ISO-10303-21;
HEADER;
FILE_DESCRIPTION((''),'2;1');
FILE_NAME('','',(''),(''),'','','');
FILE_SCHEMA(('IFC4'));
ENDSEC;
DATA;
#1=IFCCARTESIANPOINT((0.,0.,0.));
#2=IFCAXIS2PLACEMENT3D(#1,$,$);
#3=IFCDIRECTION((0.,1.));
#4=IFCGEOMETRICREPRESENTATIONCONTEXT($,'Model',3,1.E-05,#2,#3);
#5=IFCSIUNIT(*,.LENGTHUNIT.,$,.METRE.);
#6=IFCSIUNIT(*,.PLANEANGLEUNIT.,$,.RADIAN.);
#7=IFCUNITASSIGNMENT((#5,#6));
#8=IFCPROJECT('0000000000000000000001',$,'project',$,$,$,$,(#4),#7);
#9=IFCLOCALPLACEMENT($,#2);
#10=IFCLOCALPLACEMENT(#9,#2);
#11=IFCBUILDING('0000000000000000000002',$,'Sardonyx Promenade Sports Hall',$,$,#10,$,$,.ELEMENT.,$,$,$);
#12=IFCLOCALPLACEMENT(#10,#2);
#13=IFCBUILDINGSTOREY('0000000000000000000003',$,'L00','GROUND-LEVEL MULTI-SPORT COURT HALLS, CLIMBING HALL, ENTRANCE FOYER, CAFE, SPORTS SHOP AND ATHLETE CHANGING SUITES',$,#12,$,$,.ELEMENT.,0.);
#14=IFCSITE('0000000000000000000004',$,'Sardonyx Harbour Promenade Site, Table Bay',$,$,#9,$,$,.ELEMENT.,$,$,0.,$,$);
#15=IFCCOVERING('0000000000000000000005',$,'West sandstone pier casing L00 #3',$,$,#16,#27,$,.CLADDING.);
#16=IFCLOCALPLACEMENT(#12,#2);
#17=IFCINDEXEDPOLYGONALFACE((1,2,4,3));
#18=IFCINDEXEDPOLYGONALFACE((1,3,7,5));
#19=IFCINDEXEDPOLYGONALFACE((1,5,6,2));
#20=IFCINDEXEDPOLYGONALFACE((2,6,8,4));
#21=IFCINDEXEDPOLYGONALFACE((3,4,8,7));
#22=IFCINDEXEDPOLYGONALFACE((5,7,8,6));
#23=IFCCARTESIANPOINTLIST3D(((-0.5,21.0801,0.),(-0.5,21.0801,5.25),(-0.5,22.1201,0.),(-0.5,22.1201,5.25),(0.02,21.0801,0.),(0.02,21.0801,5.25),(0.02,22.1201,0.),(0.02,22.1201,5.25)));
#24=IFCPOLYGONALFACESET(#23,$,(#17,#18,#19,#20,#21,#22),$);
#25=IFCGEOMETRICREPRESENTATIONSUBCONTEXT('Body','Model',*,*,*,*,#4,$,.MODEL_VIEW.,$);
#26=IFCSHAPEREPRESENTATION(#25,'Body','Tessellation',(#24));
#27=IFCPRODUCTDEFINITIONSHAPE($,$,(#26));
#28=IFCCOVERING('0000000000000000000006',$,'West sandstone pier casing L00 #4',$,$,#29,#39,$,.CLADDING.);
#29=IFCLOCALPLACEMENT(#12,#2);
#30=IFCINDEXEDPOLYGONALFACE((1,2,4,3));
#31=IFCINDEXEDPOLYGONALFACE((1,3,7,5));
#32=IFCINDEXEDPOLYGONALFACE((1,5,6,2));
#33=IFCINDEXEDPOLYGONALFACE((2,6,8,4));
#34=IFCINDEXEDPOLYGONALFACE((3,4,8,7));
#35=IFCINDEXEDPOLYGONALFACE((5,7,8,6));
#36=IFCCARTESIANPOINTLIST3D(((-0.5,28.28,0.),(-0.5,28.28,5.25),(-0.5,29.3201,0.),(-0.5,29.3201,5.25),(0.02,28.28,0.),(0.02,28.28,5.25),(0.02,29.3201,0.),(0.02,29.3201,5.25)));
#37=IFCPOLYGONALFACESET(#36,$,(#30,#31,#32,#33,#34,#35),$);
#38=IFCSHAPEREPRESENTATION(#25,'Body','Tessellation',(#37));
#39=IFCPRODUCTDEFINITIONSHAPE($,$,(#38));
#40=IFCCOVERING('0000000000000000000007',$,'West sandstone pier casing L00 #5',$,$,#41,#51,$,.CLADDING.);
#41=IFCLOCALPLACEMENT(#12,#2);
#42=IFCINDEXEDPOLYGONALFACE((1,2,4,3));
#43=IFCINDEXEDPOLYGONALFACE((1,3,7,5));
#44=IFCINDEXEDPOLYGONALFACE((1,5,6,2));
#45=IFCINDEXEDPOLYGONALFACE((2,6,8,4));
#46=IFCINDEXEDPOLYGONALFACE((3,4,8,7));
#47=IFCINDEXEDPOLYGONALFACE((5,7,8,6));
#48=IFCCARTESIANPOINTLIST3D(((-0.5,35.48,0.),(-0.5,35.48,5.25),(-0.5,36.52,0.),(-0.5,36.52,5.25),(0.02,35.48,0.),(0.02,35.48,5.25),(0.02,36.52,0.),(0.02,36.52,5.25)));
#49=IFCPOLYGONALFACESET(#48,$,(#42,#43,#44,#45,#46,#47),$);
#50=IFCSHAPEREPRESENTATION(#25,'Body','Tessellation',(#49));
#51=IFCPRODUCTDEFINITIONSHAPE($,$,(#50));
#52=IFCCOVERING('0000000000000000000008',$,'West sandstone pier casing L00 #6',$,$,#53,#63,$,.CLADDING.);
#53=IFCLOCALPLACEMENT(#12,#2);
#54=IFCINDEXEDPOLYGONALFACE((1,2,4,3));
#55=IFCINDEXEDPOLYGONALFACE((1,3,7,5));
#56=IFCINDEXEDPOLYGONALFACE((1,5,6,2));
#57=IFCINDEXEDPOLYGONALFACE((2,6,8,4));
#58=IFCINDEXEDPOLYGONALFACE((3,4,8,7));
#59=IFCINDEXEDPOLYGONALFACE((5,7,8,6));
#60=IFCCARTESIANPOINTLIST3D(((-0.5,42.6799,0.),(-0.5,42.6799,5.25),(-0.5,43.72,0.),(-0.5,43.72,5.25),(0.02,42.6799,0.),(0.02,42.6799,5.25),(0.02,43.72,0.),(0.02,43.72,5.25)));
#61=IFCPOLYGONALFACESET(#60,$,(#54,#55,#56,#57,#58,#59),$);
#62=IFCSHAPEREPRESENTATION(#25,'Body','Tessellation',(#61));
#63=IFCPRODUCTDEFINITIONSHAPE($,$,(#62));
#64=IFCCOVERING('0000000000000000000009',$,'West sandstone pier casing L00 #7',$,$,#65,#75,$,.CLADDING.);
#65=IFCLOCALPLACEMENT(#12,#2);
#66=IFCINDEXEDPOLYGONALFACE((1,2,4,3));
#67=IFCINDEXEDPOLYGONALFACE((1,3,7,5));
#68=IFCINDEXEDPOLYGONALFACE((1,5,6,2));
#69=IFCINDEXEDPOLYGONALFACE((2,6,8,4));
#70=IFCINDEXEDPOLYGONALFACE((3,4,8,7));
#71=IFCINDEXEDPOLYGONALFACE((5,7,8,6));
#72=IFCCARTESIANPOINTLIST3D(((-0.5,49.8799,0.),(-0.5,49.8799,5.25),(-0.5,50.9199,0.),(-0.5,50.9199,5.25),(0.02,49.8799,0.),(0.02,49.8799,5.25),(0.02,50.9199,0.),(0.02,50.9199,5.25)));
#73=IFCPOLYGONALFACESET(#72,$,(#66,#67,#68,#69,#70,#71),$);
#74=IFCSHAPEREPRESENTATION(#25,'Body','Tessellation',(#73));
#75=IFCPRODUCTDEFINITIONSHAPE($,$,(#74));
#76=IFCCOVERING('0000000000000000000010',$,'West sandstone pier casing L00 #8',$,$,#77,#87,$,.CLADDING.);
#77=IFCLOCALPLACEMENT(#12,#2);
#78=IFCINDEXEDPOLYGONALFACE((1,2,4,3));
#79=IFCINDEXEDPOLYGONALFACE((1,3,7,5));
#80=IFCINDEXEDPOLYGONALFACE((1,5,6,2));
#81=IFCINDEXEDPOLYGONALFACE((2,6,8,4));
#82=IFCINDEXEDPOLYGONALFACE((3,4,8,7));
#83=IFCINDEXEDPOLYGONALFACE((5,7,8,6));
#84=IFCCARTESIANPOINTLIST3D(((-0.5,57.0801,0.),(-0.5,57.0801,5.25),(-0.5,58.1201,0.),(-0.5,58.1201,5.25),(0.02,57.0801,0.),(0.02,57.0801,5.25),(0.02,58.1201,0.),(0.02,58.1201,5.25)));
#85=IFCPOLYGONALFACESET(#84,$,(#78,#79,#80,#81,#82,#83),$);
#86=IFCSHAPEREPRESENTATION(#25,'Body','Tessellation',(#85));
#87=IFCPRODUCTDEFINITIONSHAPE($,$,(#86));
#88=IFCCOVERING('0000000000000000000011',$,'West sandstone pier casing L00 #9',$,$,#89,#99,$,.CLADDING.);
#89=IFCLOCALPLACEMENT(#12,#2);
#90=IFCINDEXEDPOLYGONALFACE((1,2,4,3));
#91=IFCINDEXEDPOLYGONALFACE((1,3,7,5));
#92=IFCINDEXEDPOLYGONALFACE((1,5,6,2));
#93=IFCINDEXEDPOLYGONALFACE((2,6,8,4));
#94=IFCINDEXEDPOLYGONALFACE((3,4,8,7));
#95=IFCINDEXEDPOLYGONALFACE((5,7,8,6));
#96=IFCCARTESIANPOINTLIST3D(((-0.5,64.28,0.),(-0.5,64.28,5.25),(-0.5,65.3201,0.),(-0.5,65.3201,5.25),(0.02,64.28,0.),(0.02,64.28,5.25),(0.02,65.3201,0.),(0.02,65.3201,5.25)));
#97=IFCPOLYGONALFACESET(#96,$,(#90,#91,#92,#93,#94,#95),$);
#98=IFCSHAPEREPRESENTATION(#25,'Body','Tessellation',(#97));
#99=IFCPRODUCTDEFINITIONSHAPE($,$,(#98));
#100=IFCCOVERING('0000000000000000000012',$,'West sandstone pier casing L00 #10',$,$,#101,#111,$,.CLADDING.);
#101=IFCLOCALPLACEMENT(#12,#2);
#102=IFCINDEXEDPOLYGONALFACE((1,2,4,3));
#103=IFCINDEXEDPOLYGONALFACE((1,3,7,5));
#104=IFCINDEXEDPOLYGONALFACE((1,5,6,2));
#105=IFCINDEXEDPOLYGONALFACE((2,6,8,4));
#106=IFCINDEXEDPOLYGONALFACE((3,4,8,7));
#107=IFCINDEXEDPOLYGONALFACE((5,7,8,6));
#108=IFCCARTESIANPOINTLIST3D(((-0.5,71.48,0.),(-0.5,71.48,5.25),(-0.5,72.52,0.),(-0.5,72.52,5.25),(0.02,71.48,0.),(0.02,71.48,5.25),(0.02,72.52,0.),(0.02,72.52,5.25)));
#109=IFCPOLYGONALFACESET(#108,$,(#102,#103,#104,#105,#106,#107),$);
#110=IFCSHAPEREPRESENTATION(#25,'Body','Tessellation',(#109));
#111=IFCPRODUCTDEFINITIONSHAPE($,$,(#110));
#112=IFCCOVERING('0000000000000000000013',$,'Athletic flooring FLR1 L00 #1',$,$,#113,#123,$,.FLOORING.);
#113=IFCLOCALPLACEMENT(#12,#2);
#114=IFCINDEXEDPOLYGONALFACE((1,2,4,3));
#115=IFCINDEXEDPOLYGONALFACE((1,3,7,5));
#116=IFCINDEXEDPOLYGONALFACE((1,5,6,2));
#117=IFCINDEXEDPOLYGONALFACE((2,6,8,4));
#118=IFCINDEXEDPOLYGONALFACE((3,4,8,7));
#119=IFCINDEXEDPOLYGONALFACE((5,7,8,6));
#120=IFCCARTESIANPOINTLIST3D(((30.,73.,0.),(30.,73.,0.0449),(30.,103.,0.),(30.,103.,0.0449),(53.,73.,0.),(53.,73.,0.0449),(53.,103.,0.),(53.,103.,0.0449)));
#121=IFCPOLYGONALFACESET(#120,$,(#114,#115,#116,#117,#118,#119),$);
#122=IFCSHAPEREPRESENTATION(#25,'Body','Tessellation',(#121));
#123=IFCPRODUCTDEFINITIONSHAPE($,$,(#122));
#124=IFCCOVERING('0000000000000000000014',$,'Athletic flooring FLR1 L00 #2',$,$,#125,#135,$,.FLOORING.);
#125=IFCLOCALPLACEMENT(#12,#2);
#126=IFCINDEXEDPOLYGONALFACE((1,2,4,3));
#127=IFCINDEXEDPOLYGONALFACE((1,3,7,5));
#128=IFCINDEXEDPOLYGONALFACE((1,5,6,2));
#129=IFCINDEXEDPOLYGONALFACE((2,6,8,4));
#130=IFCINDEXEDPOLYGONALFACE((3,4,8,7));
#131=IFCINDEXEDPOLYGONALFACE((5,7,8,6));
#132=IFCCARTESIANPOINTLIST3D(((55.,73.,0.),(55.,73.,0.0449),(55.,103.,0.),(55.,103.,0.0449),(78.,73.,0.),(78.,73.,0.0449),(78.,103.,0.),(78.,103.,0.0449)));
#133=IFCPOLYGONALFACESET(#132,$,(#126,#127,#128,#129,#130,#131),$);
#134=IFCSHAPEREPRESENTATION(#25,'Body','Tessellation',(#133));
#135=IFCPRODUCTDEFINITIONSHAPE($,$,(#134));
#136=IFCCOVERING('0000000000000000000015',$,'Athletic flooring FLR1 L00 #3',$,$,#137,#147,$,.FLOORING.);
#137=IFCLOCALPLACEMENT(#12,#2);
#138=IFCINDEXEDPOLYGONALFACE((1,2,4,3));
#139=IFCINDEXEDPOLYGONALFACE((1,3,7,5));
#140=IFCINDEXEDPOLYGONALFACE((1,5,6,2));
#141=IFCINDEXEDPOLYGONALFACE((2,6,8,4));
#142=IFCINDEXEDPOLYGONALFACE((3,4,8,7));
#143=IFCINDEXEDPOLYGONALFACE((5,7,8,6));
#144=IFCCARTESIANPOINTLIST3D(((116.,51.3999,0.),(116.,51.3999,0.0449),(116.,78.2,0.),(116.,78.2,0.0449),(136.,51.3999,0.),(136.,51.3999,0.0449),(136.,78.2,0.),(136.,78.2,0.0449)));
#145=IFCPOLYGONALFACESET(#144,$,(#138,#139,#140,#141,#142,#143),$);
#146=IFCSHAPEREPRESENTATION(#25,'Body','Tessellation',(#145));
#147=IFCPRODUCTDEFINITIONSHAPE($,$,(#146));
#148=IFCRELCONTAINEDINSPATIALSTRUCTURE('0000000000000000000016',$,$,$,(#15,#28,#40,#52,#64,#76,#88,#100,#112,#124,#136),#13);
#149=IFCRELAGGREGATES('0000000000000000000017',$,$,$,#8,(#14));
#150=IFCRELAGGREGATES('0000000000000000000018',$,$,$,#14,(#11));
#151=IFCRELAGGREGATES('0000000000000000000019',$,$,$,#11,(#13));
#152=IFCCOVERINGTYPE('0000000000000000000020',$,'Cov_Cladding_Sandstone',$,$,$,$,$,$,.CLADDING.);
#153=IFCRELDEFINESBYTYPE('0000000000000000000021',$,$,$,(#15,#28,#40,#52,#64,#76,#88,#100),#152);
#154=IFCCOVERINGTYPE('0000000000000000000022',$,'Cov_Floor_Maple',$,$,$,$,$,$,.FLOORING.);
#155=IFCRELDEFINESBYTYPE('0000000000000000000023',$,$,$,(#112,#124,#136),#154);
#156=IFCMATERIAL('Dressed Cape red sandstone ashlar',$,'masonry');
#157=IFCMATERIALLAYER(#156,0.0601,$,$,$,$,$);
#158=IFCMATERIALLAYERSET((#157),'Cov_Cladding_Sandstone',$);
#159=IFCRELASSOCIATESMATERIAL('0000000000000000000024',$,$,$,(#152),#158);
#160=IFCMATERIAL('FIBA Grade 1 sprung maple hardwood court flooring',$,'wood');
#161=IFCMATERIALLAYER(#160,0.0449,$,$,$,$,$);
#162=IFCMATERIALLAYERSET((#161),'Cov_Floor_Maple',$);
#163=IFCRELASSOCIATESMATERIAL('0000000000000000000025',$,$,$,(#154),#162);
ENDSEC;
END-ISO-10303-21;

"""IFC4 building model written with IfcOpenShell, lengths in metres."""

from ifc_helpers import new_model, si_unit, direction, origin, place, context, subcontext, project, spatial, polyline, outline, extrude, material, layer, layer_set, type_object, element, save


model = new_model("IFC4")

# Units and contexts
model_context = context("Model", 3, precision=1e-05, world=origin(), true_north=direction((0.0, 1.0)))
body_context = subcontext(model_context, "Body", "Model", "MODEL_VIEW")
ifc_project = project(units=[si_unit("LENGTHUNIT", "METRE"), si_unit("PLANEANGLEUNIT", "RADIAN")], contexts=[model_context])

# Site, building, storey
site_placement = place(None, origin())
site = spatial("IfcSite", under=ifc_project, at=site_placement, Name="Sardonyx Harbour Promenade Site, Table Bay", CompositionType="ELEMENT", RefElevation=0.0)
building_placement = place(site_placement, origin())
building = spatial("IfcBuilding", under=site, at=building_placement, Name="Sardonyx Promenade Sports Hall", CompositionType="ELEMENT")
storey_placement = place(building_placement, origin())
storey = spatial("IfcBuildingStorey", under=building, at=storey_placement, Name="L00", Description="GROUND-LEVEL MULTI-SPORT COURT HALLS, CLIMBING HALL, ENTRANCE FOYER, CAFE, SPORTS SHOP AND ATHLETE CHANGING SUITES", CompositionType="ELEMENT", Elevation=0.0)

# Coverings
ifc_material_1 = material(Name="Dressed Cape red sandstone ashlar", Category="masonry")
ifc_layer_1 = layer(ifc_material_1, 0.0601)
ifc_layer_set_1 = layer_set([ifc_layer_1], Name="Cov_Cladding_Sandstone")
covering_type_1 = type_object("IfcCoveringType", Name="Cov_Cladding_Sandstone", PredefinedType="CLADDING", material=ifc_layer_set_1)
covering_1_placement = place(storey_placement, origin())
element("IfcCovering", 1, at=covering_1_placement, inside=storey, type_object=covering_type_1, Name="West sandstone pier casing L00 #3", PredefinedType="CLADDING", context=body_context, shape_type="SweptSolid", body=[
    extrude(outline(polyline([(-0.5, 21.0801), (0.02, 21.0801), (0.02, 22.1201), (-0.5, 22.1201), (-0.5, 21.0801)])), origin(), (0.0, 0.0, 1.0), 5.25),
])
covering_2_placement = place(storey_placement, origin())
element("IfcCovering", 2, at=covering_2_placement, inside=storey, type_object=covering_type_1, Name="West sandstone pier casing L00 #4", PredefinedType="CLADDING", context=body_context, shape_type="SweptSolid", body=[
    extrude(outline(polyline([(-0.5, 28.28), (0.02, 28.28), (0.02, 29.3201), (-0.5, 29.3201), (-0.5, 28.28)])), origin(), (0.0, 0.0, 1.0), 5.25),
])
covering_3_placement = place(storey_placement, origin())
element("IfcCovering", 3, at=covering_3_placement, inside=storey, type_object=covering_type_1, Name="West sandstone pier casing L00 #5", PredefinedType="CLADDING", context=body_context, shape_type="SweptSolid", body=[
    extrude(outline(polyline([(-0.5, 35.48), (0.02, 35.48), (0.02, 36.52), (-0.5, 36.52), (-0.5, 35.48)])), origin(), (0.0, 0.0, 1.0), 5.25),
])
covering_4_placement = place(storey_placement, origin())
element("IfcCovering", 4, at=covering_4_placement, inside=storey, type_object=covering_type_1, Name="West sandstone pier casing L00 #6", PredefinedType="CLADDING", context=body_context, shape_type="SweptSolid", body=[
    extrude(outline(polyline([(-0.5, 42.6799), (0.02, 42.6799), (0.02, 43.72), (-0.5, 43.72), (-0.5, 42.6799)])), origin(), (0.0, 0.0, 1.0), 5.25),
])
covering_5_placement = place(storey_placement, origin())
element("IfcCovering", 5, at=covering_5_placement, inside=storey, type_object=covering_type_1, Name="West sandstone pier casing L00 #7", PredefinedType="CLADDING", context=body_context, shape_type="SweptSolid", body=[
    extrude(outline(polyline([(-0.5, 49.8799), (0.02, 49.8799), (0.02, 50.9199), (-0.5, 50.9199), (-0.5, 49.8799)])), origin(), (0.0, 0.0, 1.0), 5.25),
])
covering_6_placement = place(storey_placement, origin())
element("IfcCovering", 6, at=covering_6_placement, inside=storey, type_object=covering_type_1, Name="West sandstone pier casing L00 #8", PredefinedType="CLADDING", context=body_context, shape_type="SweptSolid", body=[
    extrude(outline(polyline([(-0.5, 57.0801), (0.02, 57.0801), (0.02, 58.1201), (-0.5, 58.1201), (-0.5, 57.0801)])), origin(), (0.0, 0.0, 1.0), 5.25),
])
covering_7_placement = place(storey_placement, origin())
element("IfcCovering", 7, at=covering_7_placement, inside=storey, type_object=covering_type_1, Name="West sandstone pier casing L00 #9", PredefinedType="CLADDING", context=body_context, shape_type="SweptSolid", body=[
    extrude(outline(polyline([(-0.5, 64.28), (0.02, 64.28), (0.02, 65.3201), (-0.5, 65.3201), (-0.5, 64.28)])), origin(), (0.0, 0.0, 1.0), 5.25),
])
covering_8_placement = place(storey_placement, origin())
element("IfcCovering", 8, at=covering_8_placement, inside=storey, type_object=covering_type_1, Name="West sandstone pier casing L00 #10", PredefinedType="CLADDING", context=body_context, shape_type="SweptSolid", body=[
    extrude(outline(polyline([(-0.5, 71.48), (0.02, 71.48), (0.02, 72.52), (-0.5, 72.52), (-0.5, 71.48)])), origin(), (0.0, 0.0, 1.0), 5.25),
])
ifc_material_2 = material(Name="FIBA Grade 1 sprung maple hardwood court flooring", Category="wood")
ifc_layer_2 = layer(ifc_material_2, 0.0449)
ifc_layer_set_2 = layer_set([ifc_layer_2], Name="Cov_Floor_Maple")
covering_type_2 = type_object("IfcCoveringType", Name="Cov_Floor_Maple", PredefinedType="FLOORING", material=ifc_layer_set_2)
covering_9_placement = place(storey_placement, origin())
element("IfcCovering", 9, at=covering_9_placement, inside=storey, type_object=covering_type_2, Name="Athletic flooring FLR1 L00 #1", PredefinedType="FLOORING", context=body_context, shape_type="SweptSolid", body=[
    extrude(outline(polyline([(30.0, 73.0), (53.0, 73.0), (53.0, 103.0), (30.0, 103.0), (30.0, 73.0)])), origin(), (0.0, 0.0, 1.0), 0.0449),
])
covering_10_placement = place(storey_placement, origin())
element("IfcCovering", 10, at=covering_10_placement, inside=storey, type_object=covering_type_2, Name="Athletic flooring FLR1 L00 #2", PredefinedType="FLOORING", context=body_context, shape_type="SweptSolid", body=[
    extrude(outline(polyline([(55.0, 73.0), (78.0, 73.0), (78.0, 103.0), (55.0, 103.0), (55.0, 73.0)])), origin(), (0.0, 0.0, 1.0), 0.0449),
])
covering_11_placement = place(storey_placement, origin())
element("IfcCovering", 11, at=covering_11_placement, inside=storey, type_object=covering_type_2, Name="Athletic flooring FLR1 L00 #3", PredefinedType="FLOORING", context=body_context, shape_type="SweptSolid", body=[
    extrude(outline(polyline([(116.0, 51.3999), (136.0, 51.3999), (136.0, 78.2), (116.0, 78.2), (116.0, 51.3999)])), origin(), (0.0, 0.0, 1.0), 0.0449),
])

save(model, "model.ifc")
